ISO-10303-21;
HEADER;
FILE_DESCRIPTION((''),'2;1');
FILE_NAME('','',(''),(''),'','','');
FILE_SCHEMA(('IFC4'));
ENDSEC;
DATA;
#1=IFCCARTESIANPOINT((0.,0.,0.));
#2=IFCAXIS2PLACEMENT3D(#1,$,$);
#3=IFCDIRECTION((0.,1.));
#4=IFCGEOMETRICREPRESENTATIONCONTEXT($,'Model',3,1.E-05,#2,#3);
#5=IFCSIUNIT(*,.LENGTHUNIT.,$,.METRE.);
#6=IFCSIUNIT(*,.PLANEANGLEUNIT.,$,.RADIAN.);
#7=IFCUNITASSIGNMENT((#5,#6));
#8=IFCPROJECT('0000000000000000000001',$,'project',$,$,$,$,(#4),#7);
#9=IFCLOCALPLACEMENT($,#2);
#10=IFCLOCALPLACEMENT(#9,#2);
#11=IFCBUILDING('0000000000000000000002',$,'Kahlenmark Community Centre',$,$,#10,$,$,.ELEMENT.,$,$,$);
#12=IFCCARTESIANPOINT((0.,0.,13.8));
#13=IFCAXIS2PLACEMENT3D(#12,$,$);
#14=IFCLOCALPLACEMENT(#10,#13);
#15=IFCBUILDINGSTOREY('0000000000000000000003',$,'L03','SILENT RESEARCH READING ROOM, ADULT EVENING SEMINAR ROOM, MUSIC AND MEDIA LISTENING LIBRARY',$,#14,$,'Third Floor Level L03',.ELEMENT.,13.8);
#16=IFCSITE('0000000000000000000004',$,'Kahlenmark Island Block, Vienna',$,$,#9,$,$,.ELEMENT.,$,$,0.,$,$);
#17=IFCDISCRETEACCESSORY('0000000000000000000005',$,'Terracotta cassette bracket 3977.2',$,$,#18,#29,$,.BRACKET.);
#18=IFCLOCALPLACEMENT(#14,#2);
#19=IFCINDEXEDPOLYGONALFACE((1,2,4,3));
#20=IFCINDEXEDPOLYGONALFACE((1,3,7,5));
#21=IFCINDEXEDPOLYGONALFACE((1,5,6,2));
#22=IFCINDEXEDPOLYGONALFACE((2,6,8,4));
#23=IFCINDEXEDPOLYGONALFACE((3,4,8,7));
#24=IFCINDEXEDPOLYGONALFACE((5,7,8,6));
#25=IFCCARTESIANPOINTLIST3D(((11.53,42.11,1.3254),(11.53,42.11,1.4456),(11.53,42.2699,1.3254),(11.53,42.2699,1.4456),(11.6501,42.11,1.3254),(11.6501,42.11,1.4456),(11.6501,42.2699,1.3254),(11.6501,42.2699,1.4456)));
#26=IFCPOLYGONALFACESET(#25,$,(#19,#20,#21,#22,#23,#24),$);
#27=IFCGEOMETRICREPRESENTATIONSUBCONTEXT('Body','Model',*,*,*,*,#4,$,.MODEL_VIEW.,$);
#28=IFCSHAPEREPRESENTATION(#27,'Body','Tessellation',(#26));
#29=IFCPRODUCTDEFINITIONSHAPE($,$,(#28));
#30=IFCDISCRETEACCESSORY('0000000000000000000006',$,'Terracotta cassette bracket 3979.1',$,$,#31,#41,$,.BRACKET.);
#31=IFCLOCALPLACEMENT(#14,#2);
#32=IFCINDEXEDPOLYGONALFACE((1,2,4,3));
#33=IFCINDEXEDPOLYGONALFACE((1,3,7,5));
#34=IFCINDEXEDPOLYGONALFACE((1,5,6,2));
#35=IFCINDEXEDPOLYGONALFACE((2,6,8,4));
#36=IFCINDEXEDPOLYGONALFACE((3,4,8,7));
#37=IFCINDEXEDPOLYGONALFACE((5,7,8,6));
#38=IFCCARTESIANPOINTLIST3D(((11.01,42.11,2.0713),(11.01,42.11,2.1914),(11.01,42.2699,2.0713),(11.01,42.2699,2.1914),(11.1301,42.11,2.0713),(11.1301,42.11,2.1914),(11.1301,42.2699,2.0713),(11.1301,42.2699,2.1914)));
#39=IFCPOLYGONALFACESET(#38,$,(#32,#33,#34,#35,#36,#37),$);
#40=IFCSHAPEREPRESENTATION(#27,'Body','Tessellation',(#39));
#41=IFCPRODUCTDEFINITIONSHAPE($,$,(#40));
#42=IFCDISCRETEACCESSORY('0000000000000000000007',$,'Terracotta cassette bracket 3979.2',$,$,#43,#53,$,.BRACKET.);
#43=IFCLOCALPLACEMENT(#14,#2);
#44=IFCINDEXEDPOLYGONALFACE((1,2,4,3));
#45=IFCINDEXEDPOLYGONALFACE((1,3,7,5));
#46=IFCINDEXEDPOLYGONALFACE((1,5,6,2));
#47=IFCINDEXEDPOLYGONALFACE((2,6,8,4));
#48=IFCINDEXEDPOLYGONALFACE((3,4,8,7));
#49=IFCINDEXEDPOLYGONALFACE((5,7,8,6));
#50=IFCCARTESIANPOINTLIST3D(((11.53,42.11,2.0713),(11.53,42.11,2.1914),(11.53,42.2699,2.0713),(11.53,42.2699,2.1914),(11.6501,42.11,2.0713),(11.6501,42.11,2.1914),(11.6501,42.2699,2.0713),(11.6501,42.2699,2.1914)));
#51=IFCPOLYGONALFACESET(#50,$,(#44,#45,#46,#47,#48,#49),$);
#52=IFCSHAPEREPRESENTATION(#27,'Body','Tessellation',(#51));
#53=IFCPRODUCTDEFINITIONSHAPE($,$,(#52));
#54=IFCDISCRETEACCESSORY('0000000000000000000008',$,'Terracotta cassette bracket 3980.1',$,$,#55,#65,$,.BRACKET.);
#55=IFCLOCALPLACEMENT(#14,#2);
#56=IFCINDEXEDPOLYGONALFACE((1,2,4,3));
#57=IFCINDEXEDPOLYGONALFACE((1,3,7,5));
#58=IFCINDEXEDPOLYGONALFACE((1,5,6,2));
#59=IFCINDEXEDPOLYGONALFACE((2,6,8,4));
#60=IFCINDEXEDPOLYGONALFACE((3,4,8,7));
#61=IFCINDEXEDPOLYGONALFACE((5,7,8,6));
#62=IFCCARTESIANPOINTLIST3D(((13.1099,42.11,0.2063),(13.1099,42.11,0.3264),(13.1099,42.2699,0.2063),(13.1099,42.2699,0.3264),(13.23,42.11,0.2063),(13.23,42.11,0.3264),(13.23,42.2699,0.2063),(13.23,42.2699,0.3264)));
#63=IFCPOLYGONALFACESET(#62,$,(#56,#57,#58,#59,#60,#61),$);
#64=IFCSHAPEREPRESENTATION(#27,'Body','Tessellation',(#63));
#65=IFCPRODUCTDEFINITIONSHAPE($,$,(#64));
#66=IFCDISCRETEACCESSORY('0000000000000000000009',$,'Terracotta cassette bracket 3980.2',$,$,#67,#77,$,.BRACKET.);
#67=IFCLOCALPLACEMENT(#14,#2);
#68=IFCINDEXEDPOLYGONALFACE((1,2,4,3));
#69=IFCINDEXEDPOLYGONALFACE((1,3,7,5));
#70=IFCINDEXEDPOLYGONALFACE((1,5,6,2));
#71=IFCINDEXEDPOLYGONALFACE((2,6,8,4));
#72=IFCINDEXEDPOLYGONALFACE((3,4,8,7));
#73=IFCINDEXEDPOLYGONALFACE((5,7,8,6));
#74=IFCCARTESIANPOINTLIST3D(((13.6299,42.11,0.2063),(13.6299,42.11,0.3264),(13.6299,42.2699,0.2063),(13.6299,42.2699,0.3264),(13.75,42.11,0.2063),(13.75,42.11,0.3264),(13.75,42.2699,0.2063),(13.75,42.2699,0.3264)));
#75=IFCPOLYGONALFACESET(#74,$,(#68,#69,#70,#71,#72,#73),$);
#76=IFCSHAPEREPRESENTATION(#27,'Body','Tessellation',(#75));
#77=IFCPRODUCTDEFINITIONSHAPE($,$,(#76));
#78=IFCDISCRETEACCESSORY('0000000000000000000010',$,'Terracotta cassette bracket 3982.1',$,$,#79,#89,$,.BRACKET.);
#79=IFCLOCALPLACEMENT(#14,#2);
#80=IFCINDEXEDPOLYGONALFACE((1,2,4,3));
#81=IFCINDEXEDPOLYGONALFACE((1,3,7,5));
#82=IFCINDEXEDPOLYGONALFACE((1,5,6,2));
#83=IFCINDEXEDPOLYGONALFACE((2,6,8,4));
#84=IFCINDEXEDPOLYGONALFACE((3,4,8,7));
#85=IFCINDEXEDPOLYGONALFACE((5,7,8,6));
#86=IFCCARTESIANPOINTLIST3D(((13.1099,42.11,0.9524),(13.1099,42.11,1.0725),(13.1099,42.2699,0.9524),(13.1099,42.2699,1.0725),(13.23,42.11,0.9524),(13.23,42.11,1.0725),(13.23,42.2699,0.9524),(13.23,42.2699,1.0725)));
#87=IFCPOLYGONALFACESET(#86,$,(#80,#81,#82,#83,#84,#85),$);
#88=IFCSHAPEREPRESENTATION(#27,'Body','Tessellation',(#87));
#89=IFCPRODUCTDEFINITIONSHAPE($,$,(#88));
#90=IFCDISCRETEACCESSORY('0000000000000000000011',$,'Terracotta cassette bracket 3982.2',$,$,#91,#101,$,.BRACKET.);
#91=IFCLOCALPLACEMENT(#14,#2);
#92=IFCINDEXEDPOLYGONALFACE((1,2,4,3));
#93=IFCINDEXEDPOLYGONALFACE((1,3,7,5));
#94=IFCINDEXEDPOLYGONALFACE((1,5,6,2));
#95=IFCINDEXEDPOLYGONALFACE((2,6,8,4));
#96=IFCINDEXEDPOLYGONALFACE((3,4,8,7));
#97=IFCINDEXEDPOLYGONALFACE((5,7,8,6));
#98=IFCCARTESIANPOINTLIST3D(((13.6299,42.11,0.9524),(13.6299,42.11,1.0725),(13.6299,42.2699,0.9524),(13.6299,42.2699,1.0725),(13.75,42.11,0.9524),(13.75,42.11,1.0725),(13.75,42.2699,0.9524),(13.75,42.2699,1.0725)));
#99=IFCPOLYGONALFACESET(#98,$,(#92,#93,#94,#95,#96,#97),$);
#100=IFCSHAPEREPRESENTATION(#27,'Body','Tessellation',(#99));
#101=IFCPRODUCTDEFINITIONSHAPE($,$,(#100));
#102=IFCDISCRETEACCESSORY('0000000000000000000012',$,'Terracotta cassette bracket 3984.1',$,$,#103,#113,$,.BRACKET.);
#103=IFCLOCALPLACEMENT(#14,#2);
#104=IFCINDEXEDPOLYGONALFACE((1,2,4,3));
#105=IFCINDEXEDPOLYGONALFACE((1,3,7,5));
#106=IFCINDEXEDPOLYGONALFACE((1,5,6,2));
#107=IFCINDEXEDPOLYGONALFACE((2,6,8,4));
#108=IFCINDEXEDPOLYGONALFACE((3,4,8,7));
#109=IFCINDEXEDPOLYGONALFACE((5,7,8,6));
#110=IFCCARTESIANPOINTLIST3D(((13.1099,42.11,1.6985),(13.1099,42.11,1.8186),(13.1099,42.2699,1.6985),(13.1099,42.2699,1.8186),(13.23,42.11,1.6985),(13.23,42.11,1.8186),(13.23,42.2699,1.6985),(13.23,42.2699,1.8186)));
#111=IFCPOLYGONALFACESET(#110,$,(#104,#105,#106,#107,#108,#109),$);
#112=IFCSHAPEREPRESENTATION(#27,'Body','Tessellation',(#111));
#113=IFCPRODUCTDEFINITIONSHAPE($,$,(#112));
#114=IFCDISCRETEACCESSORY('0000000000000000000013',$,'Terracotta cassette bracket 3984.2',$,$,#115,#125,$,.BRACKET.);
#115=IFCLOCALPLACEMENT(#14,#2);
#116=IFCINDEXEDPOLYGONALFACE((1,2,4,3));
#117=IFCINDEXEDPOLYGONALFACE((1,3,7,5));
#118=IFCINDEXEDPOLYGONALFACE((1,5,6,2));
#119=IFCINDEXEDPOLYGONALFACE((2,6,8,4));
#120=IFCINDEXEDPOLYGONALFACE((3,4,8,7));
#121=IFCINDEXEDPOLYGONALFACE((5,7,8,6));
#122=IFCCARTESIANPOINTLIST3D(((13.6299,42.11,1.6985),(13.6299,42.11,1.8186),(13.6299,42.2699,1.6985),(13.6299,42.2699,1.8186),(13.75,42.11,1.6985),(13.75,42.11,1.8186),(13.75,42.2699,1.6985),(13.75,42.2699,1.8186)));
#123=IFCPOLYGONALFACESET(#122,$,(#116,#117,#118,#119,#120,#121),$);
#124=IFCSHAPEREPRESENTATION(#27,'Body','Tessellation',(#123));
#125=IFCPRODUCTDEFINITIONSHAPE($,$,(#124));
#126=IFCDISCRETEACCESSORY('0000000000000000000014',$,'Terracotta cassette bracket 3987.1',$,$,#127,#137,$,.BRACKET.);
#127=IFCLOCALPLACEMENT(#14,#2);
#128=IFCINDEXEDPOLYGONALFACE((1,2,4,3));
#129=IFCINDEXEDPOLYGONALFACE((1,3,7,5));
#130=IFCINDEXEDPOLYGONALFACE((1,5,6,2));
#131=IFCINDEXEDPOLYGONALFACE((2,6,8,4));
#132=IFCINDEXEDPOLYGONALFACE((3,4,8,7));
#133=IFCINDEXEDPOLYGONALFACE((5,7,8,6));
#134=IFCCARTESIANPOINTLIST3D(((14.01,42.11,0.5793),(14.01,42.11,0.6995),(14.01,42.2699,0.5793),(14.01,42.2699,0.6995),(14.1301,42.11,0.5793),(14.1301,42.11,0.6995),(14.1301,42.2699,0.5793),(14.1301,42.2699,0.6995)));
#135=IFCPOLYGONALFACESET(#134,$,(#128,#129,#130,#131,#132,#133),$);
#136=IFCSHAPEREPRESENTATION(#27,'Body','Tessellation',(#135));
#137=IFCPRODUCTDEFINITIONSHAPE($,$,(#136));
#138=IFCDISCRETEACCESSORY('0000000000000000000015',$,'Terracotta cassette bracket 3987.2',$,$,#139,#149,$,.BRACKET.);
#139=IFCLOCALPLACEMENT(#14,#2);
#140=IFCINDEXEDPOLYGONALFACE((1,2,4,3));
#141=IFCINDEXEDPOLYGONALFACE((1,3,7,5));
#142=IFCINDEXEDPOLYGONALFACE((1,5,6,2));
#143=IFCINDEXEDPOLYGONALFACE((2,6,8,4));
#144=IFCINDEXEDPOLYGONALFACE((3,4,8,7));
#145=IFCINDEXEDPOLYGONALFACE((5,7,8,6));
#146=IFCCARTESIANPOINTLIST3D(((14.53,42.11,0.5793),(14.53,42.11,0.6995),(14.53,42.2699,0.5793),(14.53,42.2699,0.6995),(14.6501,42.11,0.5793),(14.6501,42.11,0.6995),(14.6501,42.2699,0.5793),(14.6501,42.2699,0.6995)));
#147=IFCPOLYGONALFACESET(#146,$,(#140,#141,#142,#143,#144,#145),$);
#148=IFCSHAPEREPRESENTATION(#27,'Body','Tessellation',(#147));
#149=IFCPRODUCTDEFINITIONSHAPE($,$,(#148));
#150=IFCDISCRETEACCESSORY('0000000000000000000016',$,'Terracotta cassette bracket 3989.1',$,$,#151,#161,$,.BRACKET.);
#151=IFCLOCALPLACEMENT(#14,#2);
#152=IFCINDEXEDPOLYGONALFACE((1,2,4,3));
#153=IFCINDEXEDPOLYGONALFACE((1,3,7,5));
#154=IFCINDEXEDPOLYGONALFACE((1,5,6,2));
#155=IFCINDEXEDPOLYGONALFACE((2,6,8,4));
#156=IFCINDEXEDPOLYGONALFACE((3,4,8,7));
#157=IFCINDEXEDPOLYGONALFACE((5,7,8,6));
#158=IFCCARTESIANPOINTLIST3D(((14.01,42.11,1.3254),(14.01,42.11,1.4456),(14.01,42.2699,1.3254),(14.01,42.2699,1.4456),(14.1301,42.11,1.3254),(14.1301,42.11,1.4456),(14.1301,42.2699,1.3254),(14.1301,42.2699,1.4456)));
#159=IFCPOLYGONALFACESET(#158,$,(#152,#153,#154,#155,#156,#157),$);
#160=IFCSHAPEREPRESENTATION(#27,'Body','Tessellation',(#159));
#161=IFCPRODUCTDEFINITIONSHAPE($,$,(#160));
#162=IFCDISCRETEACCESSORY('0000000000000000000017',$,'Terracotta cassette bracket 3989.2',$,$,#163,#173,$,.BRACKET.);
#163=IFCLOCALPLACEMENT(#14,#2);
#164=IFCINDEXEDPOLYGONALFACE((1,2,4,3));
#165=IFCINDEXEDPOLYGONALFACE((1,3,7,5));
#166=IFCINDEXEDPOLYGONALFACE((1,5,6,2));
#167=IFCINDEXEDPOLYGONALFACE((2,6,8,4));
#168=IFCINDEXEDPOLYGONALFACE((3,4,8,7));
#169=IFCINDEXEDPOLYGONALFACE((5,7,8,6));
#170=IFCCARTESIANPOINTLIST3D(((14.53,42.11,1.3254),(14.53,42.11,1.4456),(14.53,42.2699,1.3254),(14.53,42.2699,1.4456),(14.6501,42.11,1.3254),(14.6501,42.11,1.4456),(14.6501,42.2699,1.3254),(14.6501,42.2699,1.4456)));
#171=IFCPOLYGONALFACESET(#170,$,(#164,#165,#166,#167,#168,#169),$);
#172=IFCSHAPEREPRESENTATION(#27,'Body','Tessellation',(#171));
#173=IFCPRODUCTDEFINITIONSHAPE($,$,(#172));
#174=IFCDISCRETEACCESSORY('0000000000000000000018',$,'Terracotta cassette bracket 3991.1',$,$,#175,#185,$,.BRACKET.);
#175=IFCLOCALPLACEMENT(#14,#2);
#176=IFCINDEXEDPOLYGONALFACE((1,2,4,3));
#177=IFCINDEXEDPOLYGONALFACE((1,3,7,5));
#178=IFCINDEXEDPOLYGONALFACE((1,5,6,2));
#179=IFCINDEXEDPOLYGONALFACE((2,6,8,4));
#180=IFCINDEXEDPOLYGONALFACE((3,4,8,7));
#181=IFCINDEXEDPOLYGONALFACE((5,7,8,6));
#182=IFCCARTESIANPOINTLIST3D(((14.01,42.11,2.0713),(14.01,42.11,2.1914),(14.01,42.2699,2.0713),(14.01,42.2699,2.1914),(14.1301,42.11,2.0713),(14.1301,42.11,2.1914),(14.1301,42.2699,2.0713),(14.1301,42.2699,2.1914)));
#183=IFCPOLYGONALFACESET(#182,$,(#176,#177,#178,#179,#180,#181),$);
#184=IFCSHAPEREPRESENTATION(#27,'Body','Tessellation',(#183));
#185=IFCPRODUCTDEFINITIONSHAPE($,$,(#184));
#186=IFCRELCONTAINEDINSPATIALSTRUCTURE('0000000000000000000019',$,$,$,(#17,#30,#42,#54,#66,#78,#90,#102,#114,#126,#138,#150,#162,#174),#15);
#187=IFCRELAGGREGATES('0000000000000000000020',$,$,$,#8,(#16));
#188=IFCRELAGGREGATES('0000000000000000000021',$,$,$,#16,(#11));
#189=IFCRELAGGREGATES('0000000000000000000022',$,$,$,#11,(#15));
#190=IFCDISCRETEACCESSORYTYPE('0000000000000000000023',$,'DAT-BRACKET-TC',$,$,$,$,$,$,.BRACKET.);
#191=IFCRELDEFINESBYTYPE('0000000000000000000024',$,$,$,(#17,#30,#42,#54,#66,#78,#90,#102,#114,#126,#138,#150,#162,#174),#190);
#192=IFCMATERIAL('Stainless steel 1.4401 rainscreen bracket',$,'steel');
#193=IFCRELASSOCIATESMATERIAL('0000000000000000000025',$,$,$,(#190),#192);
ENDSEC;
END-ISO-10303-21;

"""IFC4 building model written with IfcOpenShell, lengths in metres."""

from ifc_helpers import new_model, si_unit, direction, frame, origin, origin_2d, place, context, subcontext, project, spatial, rectangle, extrude, material, type_object, element, save


model = new_model("IFC4")

# Units and contexts
model_context = context("Model", 3, precision=1e-05, world=origin(), true_north=direction((0.0, 1.0)))
body_context = subcontext(model_context, "Body", "Model", "MODEL_VIEW")
ifc_project = project(units=[si_unit("LENGTHUNIT", "METRE"), si_unit("PLANEANGLEUNIT", "RADIAN")], contexts=[model_context])

# Site, building, storey
site_placement = place(None, origin())
site = spatial("IfcSite", under=ifc_project, at=site_placement, Name="Kahlenmark Island Block, Vienna", CompositionType="ELEMENT", RefElevation=0.0)
building_placement = place(site_placement, origin())
building = spatial("IfcBuilding", under=site, at=building_placement, Name="Kahlenmark Community Centre", CompositionType="ELEMENT")
storey_placement = place(building_placement, frame((0.0, 0.0, 13.8)))
storey = spatial("IfcBuildingStorey", under=building, at=storey_placement, Name="L03", Description="SILENT RESEARCH READING ROOM, ADULT EVENING SEMINAR ROOM, MUSIC AND MEDIA LISTENING LIBRARY", LongName="Third Floor Level L03", CompositionType="ELEMENT", Elevation=13.8)

# Discrete accessories
ifc_material_1 = material(Name="Stainless steel 1.4401 rainscreen bracket", Category="steel")
discrete_accessory_type = type_object("IfcDiscreteAccessoryType", Name="DAT-BRACKET-TC", PredefinedType="BRACKET", material=ifc_material_1)
for number, where, z_axis, x_axis, name in (
    (1, (11.5901, 42.1899, 1.3254), (0.0, 0.0, 1.0), (1.0, 0.0, 0.0), "Terracotta cassette bracket 3977.2"),
    (2, (11.0701, 42.1899, 2.0713), (0.0, 0.0, 1.0), (1.0, 0.0, 0.0), "Terracotta cassette bracket 3979.1"),
    (3, (11.5901, 42.1899, 2.0713), (0.0, 0.0, 1.0), (1.0, 0.0, 0.0), "Terracotta cassette bracket 3979.2"),
    (4, (13.1699, 42.1899, 0.2063), (0.0, 0.0, 1.0), (1.0, 0.0, 0.0), "Terracotta cassette bracket 3980.1"),
    (5, (13.6899, 42.1899, 0.2063), (0.0, 0.0, 1.0), (1.0, 0.0, 0.0), "Terracotta cassette bracket 3980.2"),
    (6, (13.1699, 42.1899, 0.9524), (0.0, 0.0, 1.0), (1.0, 0.0, 0.0), "Terracotta cassette bracket 3982.1"),
    (7, (13.6899, 42.1899, 0.9524), (0.0, 0.0, 1.0), (1.0, 0.0, 0.0), "Terracotta cassette bracket 3982.2"),
    (8, (13.1699, 42.1899, 1.6985), (0.0, 0.0, 1.0), (1.0, 0.0, 0.0), "Terracotta cassette bracket 3984.1"),
    (9, (13.6899, 42.1899, 1.6985), (0.0, 0.0, 1.0), (1.0, 0.0, 0.0), "Terracotta cassette bracket 3984.2"),
    (10, (14.0701, 42.1899, 0.5793), (0.0, 0.0, 1.0), (1.0, 0.0, 0.0), "Terracotta cassette bracket 3987.1"),
    (11, (14.5901, 42.1899, 0.5793), (0.0, 0.0, 1.0), (1.0, 0.0, 0.0), "Terracotta cassette bracket 3987.2"),
    (12, (14.0701, 42.1899, 1.3254), (0.0, 0.0, 1.0), (1.0, 0.0, 0.0), "Terracotta cassette bracket 3989.1"),
    (13, (14.5901, 42.1899, 1.3254), (0.0, 0.0, 1.0), (1.0, 0.0, 0.0), "Terracotta cassette bracket 3989.2"),
    (14, (14.0701, 42.1899, 2.0713), (0.0, 0.0, 1.0), (1.0, 0.0, 0.0), "Terracotta cassette bracket 3991.1"),
):
    element("IfcDiscreteAccessory", number, at=place(storey_placement, frame(where, z_axis=z_axis, x_axis=x_axis)), inside=storey, type_object=discrete_accessory_type, Name=name, PredefinedType="BRACKET", context=body_context, shape_type="SweptSolid", body=[
        extrude(rectangle(XDim=0.1201, YDim=0.1599, at=origin_2d()), origin(), (0.0, 0.0, 1.0), 0.1201),
    ])

save(model, "model.ifc")
